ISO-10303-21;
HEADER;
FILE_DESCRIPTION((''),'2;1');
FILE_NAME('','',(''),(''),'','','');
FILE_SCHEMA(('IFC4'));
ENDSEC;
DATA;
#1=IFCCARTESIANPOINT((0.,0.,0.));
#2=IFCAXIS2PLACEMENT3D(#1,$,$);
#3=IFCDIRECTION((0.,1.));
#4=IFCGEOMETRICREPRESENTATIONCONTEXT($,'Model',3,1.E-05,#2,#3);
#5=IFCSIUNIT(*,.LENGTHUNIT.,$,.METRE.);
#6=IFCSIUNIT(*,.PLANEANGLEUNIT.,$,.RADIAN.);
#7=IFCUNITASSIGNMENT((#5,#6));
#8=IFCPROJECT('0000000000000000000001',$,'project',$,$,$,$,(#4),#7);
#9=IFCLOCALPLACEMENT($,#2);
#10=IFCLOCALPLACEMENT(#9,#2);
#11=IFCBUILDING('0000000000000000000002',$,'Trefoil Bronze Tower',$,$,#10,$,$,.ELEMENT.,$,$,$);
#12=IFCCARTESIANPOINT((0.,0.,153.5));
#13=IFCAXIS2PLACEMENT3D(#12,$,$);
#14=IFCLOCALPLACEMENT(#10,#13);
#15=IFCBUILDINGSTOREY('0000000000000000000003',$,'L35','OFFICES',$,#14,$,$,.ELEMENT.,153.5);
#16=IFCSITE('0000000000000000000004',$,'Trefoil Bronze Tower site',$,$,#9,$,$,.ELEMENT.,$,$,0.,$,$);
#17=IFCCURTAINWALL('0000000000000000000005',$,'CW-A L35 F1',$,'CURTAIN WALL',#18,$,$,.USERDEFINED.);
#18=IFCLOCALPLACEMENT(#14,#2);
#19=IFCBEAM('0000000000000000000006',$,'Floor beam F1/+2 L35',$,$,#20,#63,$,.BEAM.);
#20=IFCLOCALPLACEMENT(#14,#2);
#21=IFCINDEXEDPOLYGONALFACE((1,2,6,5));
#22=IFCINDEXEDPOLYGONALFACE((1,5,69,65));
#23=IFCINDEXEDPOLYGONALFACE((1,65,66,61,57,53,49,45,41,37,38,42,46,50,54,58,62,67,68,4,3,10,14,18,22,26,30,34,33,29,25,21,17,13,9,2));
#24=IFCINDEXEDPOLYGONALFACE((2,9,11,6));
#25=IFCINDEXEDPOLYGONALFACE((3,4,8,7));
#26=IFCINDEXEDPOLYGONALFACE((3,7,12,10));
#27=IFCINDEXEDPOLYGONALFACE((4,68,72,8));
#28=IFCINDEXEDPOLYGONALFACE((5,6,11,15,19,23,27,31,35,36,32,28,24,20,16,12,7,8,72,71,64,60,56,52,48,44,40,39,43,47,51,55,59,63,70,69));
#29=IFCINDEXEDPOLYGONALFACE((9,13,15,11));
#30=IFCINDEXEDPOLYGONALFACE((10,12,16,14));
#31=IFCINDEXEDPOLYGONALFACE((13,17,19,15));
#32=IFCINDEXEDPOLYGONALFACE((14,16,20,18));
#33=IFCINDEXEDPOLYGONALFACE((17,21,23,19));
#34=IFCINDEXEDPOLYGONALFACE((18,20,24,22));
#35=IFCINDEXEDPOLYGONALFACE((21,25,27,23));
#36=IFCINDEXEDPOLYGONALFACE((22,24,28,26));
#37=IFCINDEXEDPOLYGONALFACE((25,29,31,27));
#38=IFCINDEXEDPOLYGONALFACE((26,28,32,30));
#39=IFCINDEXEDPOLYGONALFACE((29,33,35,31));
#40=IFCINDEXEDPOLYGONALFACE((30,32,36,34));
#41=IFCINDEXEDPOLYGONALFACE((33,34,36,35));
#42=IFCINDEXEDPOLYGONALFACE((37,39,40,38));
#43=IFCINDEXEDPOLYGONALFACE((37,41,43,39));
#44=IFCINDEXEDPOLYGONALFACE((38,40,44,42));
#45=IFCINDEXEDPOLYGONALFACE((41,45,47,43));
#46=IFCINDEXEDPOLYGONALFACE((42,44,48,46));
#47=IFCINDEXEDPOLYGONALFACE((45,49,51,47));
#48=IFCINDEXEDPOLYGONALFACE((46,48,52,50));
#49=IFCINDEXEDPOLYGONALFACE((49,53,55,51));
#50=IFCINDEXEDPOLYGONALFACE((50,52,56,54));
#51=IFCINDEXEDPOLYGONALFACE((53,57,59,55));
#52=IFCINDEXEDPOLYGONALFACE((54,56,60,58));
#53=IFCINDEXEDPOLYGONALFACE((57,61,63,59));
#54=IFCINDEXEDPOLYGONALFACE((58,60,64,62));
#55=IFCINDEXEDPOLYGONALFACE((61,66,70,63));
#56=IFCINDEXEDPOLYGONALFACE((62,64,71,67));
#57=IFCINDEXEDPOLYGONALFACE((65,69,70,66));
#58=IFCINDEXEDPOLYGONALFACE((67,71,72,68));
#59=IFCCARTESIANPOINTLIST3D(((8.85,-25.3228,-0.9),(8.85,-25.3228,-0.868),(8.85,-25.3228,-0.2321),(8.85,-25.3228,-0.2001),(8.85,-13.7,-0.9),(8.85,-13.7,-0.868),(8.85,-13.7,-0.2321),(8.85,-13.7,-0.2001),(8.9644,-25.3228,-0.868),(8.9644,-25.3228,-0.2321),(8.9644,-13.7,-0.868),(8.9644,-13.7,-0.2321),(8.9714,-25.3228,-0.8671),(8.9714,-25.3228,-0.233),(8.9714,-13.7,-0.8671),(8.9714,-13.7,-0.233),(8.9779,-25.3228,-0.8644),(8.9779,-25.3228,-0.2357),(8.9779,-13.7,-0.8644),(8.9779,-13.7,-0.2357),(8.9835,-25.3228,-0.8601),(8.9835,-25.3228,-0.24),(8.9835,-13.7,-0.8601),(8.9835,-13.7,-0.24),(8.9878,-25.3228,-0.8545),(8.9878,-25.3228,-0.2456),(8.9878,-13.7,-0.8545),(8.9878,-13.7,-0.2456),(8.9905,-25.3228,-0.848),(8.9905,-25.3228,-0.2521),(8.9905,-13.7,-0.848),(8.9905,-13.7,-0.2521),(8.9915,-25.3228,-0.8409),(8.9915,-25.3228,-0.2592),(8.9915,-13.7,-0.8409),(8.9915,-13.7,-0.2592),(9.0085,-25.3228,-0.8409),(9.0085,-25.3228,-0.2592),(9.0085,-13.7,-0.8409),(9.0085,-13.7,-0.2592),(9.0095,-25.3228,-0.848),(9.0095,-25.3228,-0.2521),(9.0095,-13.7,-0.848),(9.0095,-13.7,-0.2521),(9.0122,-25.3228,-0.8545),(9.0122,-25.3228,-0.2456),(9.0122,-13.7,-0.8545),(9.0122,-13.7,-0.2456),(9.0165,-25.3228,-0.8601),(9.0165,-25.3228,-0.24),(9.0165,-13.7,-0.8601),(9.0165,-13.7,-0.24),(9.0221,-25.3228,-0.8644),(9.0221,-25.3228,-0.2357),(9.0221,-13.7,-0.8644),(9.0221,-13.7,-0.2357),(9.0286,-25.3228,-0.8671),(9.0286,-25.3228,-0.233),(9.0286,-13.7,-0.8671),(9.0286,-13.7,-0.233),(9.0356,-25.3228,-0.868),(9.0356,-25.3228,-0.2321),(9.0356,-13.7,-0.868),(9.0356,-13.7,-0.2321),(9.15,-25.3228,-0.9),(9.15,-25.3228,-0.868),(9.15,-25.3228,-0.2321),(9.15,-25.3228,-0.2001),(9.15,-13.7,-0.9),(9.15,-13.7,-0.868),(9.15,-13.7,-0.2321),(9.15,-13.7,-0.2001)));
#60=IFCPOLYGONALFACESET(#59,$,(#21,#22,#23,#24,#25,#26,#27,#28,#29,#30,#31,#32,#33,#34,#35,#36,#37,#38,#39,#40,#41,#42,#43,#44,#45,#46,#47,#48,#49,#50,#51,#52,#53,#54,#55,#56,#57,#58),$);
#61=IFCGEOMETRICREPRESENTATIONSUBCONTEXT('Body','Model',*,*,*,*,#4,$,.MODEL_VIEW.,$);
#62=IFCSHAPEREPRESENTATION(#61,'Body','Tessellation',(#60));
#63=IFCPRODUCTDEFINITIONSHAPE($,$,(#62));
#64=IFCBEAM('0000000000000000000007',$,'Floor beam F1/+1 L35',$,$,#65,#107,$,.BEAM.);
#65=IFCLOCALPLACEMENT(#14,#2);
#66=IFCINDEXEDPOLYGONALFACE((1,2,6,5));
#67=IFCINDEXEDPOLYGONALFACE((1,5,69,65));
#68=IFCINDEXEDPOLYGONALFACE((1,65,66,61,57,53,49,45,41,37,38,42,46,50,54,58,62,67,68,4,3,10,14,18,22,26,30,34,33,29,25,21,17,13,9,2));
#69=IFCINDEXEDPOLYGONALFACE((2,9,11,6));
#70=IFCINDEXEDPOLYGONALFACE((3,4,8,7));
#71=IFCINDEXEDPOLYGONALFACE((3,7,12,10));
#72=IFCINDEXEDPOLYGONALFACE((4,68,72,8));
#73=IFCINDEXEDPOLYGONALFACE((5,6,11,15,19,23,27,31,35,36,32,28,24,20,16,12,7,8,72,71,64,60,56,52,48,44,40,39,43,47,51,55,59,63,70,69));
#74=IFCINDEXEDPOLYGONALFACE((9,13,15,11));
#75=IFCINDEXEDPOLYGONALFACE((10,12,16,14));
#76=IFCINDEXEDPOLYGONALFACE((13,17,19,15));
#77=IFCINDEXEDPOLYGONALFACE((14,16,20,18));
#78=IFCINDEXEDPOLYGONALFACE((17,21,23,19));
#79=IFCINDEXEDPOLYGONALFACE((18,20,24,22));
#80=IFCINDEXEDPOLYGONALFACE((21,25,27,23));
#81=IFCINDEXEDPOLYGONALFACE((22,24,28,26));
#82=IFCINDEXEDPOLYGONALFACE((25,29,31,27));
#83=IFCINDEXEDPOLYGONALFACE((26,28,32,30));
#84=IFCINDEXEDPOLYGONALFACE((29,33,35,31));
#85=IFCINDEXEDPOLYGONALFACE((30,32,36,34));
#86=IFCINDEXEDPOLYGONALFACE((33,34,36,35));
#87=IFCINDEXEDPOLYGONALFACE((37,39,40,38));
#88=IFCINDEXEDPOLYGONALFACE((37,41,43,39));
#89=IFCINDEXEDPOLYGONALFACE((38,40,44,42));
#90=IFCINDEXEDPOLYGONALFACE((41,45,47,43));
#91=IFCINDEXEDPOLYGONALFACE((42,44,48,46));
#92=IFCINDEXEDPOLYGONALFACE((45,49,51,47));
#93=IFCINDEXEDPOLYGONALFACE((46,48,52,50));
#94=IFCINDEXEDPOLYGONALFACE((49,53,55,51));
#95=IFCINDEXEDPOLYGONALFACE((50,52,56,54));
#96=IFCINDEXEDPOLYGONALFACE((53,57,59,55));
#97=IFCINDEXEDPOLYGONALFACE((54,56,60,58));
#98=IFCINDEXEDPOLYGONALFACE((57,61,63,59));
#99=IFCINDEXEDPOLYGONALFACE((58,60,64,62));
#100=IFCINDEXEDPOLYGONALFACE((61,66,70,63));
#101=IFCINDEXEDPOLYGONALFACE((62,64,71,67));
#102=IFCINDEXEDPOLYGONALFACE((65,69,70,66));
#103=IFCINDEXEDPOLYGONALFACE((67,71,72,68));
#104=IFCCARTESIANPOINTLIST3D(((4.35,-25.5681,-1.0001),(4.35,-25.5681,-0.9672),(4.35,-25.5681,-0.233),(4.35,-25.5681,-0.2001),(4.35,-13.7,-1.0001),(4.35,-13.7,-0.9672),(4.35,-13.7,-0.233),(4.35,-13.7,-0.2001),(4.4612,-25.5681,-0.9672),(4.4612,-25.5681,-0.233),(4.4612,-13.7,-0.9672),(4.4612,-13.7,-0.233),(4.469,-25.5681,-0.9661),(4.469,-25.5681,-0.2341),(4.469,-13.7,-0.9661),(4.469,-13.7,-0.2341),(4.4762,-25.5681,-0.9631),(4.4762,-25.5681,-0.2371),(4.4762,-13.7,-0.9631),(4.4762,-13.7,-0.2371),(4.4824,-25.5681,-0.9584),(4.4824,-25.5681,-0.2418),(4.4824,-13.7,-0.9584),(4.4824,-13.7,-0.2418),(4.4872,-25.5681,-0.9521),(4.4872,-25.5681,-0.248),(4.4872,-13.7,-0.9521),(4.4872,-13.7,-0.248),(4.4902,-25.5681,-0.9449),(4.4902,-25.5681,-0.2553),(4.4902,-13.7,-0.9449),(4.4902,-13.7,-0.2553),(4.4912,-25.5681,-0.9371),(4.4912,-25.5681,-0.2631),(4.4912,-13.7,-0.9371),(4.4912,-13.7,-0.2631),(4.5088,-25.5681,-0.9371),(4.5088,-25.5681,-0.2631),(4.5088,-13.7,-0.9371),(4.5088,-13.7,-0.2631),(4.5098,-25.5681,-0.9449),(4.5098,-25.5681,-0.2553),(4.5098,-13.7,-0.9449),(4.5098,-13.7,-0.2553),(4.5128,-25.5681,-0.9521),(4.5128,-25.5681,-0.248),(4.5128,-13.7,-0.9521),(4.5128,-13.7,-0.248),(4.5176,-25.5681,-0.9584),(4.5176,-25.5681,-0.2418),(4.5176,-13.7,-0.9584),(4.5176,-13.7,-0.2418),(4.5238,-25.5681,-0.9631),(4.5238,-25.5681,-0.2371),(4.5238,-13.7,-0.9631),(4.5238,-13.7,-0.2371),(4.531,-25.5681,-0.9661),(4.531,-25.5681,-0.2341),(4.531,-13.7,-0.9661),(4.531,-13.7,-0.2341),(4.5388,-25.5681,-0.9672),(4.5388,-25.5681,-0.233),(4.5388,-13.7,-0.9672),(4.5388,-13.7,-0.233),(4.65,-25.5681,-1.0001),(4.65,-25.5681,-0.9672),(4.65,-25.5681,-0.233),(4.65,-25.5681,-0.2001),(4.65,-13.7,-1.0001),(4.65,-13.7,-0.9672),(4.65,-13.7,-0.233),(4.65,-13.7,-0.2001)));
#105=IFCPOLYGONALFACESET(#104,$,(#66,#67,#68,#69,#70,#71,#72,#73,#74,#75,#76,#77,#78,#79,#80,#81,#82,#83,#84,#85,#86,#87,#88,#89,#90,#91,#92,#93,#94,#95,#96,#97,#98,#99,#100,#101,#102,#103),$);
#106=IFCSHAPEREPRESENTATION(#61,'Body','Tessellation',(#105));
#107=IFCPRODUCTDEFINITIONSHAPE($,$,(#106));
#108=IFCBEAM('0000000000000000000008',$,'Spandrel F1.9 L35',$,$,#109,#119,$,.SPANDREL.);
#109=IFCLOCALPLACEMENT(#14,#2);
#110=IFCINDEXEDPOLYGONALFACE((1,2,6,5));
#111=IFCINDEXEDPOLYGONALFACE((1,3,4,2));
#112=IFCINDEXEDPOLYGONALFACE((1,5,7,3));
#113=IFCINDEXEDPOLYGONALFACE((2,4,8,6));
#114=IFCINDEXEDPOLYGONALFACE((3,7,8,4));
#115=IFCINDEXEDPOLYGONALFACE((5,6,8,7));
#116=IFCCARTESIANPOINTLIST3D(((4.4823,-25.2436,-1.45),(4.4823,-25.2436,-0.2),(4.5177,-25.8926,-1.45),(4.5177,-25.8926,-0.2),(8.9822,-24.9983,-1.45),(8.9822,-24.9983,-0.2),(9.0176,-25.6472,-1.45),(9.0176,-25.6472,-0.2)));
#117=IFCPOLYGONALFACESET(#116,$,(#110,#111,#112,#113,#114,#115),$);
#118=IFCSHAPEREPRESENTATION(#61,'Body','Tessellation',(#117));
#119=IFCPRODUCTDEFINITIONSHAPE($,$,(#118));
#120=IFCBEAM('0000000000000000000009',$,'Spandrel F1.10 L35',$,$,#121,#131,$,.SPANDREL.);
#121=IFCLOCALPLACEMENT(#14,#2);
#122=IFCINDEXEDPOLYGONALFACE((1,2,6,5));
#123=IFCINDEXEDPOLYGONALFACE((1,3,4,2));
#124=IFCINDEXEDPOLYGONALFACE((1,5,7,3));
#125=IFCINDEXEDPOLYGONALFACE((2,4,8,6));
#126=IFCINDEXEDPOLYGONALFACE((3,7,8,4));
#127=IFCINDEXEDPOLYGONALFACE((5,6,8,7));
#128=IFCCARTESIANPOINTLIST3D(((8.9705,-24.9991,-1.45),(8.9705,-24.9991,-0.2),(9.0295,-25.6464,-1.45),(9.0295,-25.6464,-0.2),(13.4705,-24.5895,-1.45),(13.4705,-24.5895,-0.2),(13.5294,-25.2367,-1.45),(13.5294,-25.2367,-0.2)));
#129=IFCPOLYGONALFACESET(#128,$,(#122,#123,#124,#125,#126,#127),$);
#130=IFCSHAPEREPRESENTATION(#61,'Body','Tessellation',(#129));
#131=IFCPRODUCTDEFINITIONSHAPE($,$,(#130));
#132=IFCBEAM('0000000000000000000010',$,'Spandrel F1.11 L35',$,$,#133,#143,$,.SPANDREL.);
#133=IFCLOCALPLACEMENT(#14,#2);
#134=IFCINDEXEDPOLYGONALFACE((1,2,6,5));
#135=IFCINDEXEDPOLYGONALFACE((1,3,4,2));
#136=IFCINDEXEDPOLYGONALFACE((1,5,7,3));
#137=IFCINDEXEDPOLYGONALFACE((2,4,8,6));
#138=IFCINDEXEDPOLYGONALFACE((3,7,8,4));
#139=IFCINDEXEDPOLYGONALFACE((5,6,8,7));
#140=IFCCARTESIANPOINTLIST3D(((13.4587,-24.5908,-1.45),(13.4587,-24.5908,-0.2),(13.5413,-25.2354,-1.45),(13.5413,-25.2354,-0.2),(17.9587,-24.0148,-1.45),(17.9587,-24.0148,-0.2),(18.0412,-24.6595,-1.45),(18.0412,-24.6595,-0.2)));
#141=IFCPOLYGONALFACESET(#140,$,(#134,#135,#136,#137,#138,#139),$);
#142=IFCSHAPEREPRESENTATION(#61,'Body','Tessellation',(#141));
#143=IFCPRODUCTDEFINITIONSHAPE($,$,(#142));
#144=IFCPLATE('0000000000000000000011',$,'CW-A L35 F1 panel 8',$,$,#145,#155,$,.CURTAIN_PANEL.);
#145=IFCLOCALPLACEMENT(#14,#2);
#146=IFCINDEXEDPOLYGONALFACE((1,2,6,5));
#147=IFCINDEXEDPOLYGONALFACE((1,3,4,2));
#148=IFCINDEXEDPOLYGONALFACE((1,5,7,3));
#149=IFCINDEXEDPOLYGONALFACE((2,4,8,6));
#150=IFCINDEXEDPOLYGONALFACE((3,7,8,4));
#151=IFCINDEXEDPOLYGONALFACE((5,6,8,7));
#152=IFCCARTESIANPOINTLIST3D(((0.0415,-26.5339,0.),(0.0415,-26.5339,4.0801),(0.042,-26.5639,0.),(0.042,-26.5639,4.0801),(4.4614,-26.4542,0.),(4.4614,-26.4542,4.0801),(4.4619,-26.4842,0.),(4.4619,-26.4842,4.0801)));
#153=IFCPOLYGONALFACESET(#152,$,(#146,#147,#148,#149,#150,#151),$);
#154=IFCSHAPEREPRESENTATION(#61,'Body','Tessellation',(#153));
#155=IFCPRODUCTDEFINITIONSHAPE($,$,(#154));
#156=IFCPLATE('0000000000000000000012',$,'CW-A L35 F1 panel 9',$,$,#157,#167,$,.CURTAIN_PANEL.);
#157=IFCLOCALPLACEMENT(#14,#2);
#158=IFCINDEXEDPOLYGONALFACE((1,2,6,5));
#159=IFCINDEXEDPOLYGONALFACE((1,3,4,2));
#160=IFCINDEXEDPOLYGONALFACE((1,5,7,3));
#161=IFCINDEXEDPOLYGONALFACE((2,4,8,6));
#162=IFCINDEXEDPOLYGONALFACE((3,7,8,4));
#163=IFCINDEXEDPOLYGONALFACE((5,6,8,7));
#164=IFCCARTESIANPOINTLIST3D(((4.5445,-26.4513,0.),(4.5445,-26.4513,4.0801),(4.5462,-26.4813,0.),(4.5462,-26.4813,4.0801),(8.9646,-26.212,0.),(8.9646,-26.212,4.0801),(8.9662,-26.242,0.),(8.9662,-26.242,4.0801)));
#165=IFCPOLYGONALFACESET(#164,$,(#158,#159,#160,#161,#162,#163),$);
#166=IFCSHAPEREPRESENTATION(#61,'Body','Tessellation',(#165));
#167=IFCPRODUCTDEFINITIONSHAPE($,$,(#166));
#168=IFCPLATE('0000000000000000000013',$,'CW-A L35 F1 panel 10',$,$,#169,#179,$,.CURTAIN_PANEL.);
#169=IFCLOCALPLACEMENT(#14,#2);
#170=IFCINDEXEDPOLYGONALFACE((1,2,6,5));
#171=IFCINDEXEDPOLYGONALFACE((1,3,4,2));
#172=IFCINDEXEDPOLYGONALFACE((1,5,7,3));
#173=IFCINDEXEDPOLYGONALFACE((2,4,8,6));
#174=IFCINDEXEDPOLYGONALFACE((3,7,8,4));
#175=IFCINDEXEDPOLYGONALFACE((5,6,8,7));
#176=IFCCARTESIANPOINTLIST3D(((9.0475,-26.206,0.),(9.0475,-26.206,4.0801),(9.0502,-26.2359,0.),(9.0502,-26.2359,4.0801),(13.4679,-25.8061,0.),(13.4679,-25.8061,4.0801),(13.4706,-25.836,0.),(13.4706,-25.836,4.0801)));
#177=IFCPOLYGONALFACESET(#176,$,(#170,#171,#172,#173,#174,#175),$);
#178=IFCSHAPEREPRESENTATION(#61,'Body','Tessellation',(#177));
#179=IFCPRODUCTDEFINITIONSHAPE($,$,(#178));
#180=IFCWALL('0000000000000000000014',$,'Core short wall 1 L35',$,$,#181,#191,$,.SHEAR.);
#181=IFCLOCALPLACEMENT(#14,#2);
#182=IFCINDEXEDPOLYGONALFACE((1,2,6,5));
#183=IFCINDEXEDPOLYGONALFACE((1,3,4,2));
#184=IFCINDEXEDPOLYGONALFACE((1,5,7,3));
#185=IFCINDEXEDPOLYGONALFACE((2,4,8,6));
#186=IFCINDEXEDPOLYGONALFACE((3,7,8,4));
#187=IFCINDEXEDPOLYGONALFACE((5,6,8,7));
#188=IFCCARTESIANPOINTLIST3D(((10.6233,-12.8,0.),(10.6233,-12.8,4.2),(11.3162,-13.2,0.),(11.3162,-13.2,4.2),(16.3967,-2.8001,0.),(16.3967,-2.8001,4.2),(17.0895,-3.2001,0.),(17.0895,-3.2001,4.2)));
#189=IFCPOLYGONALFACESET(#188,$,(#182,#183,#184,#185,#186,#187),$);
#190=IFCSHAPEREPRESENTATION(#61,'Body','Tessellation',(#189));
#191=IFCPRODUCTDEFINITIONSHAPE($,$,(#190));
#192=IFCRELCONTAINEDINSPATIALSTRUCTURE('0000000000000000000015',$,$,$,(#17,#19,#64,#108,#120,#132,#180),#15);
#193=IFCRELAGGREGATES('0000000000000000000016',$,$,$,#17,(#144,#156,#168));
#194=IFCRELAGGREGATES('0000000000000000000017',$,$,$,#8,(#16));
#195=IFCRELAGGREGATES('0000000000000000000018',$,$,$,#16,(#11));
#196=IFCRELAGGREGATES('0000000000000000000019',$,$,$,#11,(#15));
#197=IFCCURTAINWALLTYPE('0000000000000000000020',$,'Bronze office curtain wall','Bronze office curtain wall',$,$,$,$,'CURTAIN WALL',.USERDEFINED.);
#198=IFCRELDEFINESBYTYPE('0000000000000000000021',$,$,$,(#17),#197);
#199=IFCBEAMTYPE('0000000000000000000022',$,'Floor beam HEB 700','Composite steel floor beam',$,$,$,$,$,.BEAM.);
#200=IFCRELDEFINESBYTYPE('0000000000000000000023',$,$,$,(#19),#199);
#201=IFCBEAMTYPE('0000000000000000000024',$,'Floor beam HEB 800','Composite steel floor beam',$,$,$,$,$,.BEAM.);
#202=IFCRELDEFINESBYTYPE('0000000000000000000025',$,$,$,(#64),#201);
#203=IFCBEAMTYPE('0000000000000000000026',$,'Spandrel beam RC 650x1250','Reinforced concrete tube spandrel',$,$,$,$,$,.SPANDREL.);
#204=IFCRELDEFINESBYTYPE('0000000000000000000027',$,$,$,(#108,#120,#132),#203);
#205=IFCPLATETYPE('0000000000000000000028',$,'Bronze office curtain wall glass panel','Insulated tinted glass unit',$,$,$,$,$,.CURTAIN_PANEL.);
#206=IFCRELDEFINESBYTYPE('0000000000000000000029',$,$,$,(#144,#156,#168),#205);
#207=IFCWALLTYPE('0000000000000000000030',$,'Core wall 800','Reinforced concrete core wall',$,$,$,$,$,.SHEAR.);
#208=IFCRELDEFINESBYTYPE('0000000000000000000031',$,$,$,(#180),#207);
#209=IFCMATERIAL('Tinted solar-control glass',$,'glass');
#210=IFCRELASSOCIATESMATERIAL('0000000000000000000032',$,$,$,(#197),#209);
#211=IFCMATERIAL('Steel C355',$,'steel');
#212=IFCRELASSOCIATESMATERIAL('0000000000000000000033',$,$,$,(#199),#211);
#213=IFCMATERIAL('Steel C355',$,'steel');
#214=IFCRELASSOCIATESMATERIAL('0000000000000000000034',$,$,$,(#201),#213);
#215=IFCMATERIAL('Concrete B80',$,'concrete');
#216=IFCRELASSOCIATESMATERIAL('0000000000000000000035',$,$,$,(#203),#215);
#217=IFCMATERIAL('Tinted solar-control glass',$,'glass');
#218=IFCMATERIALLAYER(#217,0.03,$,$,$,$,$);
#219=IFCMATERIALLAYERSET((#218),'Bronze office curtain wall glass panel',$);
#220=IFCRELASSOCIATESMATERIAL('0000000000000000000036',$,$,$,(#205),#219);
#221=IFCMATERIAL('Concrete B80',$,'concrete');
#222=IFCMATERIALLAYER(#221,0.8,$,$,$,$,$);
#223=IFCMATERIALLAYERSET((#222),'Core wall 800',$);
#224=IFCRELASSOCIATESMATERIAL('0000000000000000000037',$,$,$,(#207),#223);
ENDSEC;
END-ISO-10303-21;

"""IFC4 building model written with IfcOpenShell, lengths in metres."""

from ifc_helpers import new_model, si_unit, direction, frame, frame_2d, origin, origin_2d, place, context, subcontext, project, spatial, rectangle, i_section, extrude, material, layer, layer_set, material_profile, profile_set, type_object, element, aggregate, save


model = new_model("IFC4")

# Units and contexts
model_context = context("Model", 3, precision=1e-05, world=origin(), true_north=direction((0.0, 1.0)))
body_context = subcontext(model_context, "Body", "Model", "MODEL_VIEW")
ifc_project = project(units=[si_unit("LENGTHUNIT", "METRE"), si_unit("PLANEANGLEUNIT", "RADIAN")], contexts=[model_context])

# Site, building, storey
site_placement = place(None, origin())
site = spatial("IfcSite", under=ifc_project, at=site_placement, Name="Trefoil Bronze Tower site", CompositionType="ELEMENT", RefElevation=0.0)
building_placement = place(site_placement, origin())
building = spatial("IfcBuilding", under=site, at=building_placement, Name="Trefoil Bronze Tower", CompositionType="ELEMENT")
storey_placement = place(building_placement, frame((0.0, 0.0, 153.5)))
storey = spatial("IfcBuildingStorey", under=building, at=storey_placement, Name="L35", Description="OFFICES", CompositionType="ELEMENT", Elevation=153.5)

# Curtain wall
ifc_material_1 = material(Name="Tinted solar-control glass", Category="glass")
curtain_wall_type = type_object("IfcCurtainWallType", Name="Bronze office curtain wall", Description="Bronze office curtain wall", ElementType="CURTAIN WALL", PredefinedType="USERDEFINED", material=ifc_material_1)
curtain_wall_placement = place(storey_placement, origin())
curtain_wall = element("IfcCurtainWall", 1, at=curtain_wall_placement, inside=storey, type_object=curtain_wall_type, Name="CW-A L35 F1", ObjectType="CURTAIN WALL", PredefinedType="USERDEFINED")

# Beams
ifc_material_2 = material(Name="Steel C355", Category="steel")
ifc_material_profile_1 = material_profile(ifc_material_2, i_section(OverallWidth=0.3, OverallDepth=0.7, WebThickness=0.0171, FlangeThickness=0.032, FilletRadius=0.0271, at=origin_2d()), Name="HEB 700")
ifc_profile_set_1 = profile_set([ifc_material_profile_1], Name="Steel C355")
beam_type_1 = type_object("IfcBeamType", Name="Floor beam HEB 700", Description="Composite steel floor beam", PredefinedType="BEAM", material=ifc_profile_set_1)
beam_1_placement = place(storey_placement, frame((9.0, -25.3228, -0.55), z_axis=(0.0, 1.0, 0.0), x_axis=(-1.0, 0.0, 0.0)))
element("IfcBeam", 2, at=beam_1_placement, inside=storey, type_object=beam_type_1, Name="Floor beam F1/+2 L35", PredefinedType="BEAM", context=body_context, shape_type="SweptSolid", body=[
    extrude(i_section(OverallWidth=0.3, OverallDepth=0.7, WebThickness=0.0171, FlangeThickness=0.032, FilletRadius=0.0271, at=origin_2d()), origin(), (0.0, 0.0, 1.0), 11.6228),
])
ifc_material_3 = material(Name="Steel C355", Category="steel")
ifc_material_profile_2 = material_profile(ifc_material_3, i_section(OverallWidth=0.3, OverallDepth=0.8, WebThickness=0.0176, FlangeThickness=0.033, FilletRadius=0.03, at=origin_2d()), Name="HEB 800")
ifc_profile_set_2 = profile_set([ifc_material_profile_2], Name="Steel C355")
beam_type_2 = type_object("IfcBeamType", Name="Floor beam HEB 800", Description="Composite steel floor beam", PredefinedType="BEAM", material=ifc_profile_set_2)
beam_2_placement = place(storey_placement, frame((4.5, -25.5681, -0.6001), z_axis=(0.0, 1.0, 0.0), x_axis=(-1.0, 0.0, 0.0)))
element("IfcBeam", 3, at=beam_2_placement, inside=storey, type_object=beam_type_2, Name="Floor beam F1/+1 L35", PredefinedType="BEAM", context=body_context, shape_type="SweptSolid", body=[
    extrude(i_section(OverallWidth=0.3, OverallDepth=0.8, WebThickness=0.0176, FlangeThickness=0.033, FilletRadius=0.03, at=origin_2d()), origin(), (0.0, 0.0, 1.0), 11.8682),
])
ifc_material_4 = material(Name="Concrete B80", Category="concrete")
ifc_material_profile_3 = material_profile(ifc_material_4, rectangle(XDim=0.6499, YDim=1.25, at=origin_2d()), Name="RC 650x1250")
ifc_profile_set_3 = profile_set([ifc_material_profile_3], Name="Concrete B80")
beam_type_3 = type_object("IfcBeamType", Name="Spandrel beam RC 650x1250", Description="Reinforced concrete tube spandrel", PredefinedType="SPANDREL", material=ifc_profile_set_3)
beam_3_placement = place(storey_placement, frame((4.5, -25.5681, -0.825), z_axis=(0.998517, 0.054444, 0.0), x_axis=(-0.054444, 0.998517, 0.0)))
element("IfcBeam", 4, at=beam_3_placement, inside=storey, type_object=beam_type_3, Name="Spandrel F1.9 L35", PredefinedType="SPANDREL", context=body_context, shape_type="SweptSolid", body=[
    extrude(rectangle(XDim=0.6499, YDim=1.25, at=origin_2d()), origin(), (0.0, 0.0, 1.0), 4.5066),
])
beam_4_placement = place(storey_placement, frame((9.0, -25.3228, -0.825), z_axis=(0.995882, 0.090662, 0.0), x_axis=(-0.090662, 0.995882, 0.0)))
element("IfcBeam", 5, at=beam_4_placement, inside=storey, type_object=beam_type_3, Name="Spandrel F1.10 L35", PredefinedType="SPANDREL", context=body_context, shape_type="SweptSolid", body=[
    extrude(rectangle(XDim=0.6499, YDim=1.25, at=origin_2d()), origin(), (0.0, 0.0, 1.0), 4.5186),
])
beam_5_placement = place(storey_placement, frame((13.5, -24.9131, -0.825), z_axis=(0.991909, 0.126948, 0.0), x_axis=(-0.126948, 0.991909, 0.0)))
element("IfcBeam", 6, at=beam_5_placement, inside=storey, type_object=beam_type_3, Name="Spandrel F1.11 L35", PredefinedType="SPANDREL", context=body_context, shape_type="SweptSolid", body=[
    extrude(rectangle(XDim=0.6499, YDim=1.25, at=origin_2d()), origin(), (0.0, 0.0, 1.0), 4.5366),
])

# Plates
ifc_material_5 = material(Name="Tinted solar-control glass", Category="glass")
ifc_layer_1 = layer(ifc_material_5, 0.03)
ifc_layer_set_1 = layer_set([ifc_layer_1], Name="Bronze office curtain wall glass panel")
plate_type = type_object("IfcPlateType", Name="Bronze office curtain wall glass panel", Description="Insulated tinted glass unit", PredefinedType="CURTAIN_PANEL", material=ifc_layer_set_1)
plate_1_placement = place(storey_placement, frame((2.2517, -26.509, 0.0), z_axis=(0.0, 0.0, 1.0), x_axis=(0.999838, 0.018021, 0.0)))
plate_1 = element("IfcPlate", 7, at=plate_1_placement, type_object=plate_type, Name="CW-A L35 F1 panel 8", PredefinedType="CURTAIN_PANEL", context=body_context, shape_type="SweptSolid", body=[
    extrude(rectangle(XDim=4.4207, YDim=0.03, at=origin_2d()), origin(), (0.0, 0.0, 1.0), 4.0801),
])
plate_2_placement = place(storey_placement, frame((6.7554, -26.3467, 0.0), z_axis=(0.0, 0.0, 1.0), x_axis=(0.998538, 0.054063, 0.0)))
plate_2 = element("IfcPlate", 8, at=plate_2_placement, type_object=plate_type, Name="CW-A L35 F1 panel 9", PredefinedType="CURTAIN_PANEL", context=body_context, shape_type="SweptSolid", body=[
    extrude(rectangle(XDim=4.4265, YDim=0.03, at=origin_2d()), origin(), (0.0, 0.0, 1.0), 4.0801),
])
plate_3_placement = place(storey_placement, frame((11.259, -26.021, 0.0), z_axis=(0.0, 0.0, 1.0), x_axis=(0.995932, 0.090105, 0.0)))
plate_3 = element("IfcPlate", 9, at=plate_3_placement, type_object=plate_type, Name="CW-A L35 F1 panel 10", PredefinedType="CURTAIN_PANEL", context=body_context, shape_type="SweptSolid", body=[
    extrude(rectangle(XDim=4.4385, YDim=0.03, at=origin_2d()), origin(), (0.0, 0.0, 1.0), 4.0801),
])
aggregate(curtain_wall, [plate_1, plate_2, plate_3])

# Wall
ifc_material_6 = material(Name="Concrete B80", Category="concrete")
ifc_layer_2 = layer(ifc_material_6, 0.8)
ifc_layer_set_2 = layer_set([ifc_layer_2], Name="Core wall 800")
wall_type_1 = type_object("IfcWallType", Name="Core wall 800", Description="Reinforced concrete core wall", PredefinedType="SHEAR", material=ifc_layer_set_2)
wall_1_placement = place(storey_placement, frame((10.9697, -13.0, 0.0), z_axis=(0.0, 0.0, 1.0), x_axis=(0.499996, 0.866028, 0.0)))
element("IfcWall", 10, at=wall_1_placement, inside=storey, type_object=wall_type_1, Name="Core short wall 1 L35", PredefinedType="SHEAR", context=body_context, shape_type="SweptSolid", body=[
    extrude(rectangle(XDim=11.5469, YDim=0.8, at=frame_2d((5.7734, 0.0))), origin(), (0.0, 0.0, 1.0), 4.2),
])

save(model, "model.ifc")
